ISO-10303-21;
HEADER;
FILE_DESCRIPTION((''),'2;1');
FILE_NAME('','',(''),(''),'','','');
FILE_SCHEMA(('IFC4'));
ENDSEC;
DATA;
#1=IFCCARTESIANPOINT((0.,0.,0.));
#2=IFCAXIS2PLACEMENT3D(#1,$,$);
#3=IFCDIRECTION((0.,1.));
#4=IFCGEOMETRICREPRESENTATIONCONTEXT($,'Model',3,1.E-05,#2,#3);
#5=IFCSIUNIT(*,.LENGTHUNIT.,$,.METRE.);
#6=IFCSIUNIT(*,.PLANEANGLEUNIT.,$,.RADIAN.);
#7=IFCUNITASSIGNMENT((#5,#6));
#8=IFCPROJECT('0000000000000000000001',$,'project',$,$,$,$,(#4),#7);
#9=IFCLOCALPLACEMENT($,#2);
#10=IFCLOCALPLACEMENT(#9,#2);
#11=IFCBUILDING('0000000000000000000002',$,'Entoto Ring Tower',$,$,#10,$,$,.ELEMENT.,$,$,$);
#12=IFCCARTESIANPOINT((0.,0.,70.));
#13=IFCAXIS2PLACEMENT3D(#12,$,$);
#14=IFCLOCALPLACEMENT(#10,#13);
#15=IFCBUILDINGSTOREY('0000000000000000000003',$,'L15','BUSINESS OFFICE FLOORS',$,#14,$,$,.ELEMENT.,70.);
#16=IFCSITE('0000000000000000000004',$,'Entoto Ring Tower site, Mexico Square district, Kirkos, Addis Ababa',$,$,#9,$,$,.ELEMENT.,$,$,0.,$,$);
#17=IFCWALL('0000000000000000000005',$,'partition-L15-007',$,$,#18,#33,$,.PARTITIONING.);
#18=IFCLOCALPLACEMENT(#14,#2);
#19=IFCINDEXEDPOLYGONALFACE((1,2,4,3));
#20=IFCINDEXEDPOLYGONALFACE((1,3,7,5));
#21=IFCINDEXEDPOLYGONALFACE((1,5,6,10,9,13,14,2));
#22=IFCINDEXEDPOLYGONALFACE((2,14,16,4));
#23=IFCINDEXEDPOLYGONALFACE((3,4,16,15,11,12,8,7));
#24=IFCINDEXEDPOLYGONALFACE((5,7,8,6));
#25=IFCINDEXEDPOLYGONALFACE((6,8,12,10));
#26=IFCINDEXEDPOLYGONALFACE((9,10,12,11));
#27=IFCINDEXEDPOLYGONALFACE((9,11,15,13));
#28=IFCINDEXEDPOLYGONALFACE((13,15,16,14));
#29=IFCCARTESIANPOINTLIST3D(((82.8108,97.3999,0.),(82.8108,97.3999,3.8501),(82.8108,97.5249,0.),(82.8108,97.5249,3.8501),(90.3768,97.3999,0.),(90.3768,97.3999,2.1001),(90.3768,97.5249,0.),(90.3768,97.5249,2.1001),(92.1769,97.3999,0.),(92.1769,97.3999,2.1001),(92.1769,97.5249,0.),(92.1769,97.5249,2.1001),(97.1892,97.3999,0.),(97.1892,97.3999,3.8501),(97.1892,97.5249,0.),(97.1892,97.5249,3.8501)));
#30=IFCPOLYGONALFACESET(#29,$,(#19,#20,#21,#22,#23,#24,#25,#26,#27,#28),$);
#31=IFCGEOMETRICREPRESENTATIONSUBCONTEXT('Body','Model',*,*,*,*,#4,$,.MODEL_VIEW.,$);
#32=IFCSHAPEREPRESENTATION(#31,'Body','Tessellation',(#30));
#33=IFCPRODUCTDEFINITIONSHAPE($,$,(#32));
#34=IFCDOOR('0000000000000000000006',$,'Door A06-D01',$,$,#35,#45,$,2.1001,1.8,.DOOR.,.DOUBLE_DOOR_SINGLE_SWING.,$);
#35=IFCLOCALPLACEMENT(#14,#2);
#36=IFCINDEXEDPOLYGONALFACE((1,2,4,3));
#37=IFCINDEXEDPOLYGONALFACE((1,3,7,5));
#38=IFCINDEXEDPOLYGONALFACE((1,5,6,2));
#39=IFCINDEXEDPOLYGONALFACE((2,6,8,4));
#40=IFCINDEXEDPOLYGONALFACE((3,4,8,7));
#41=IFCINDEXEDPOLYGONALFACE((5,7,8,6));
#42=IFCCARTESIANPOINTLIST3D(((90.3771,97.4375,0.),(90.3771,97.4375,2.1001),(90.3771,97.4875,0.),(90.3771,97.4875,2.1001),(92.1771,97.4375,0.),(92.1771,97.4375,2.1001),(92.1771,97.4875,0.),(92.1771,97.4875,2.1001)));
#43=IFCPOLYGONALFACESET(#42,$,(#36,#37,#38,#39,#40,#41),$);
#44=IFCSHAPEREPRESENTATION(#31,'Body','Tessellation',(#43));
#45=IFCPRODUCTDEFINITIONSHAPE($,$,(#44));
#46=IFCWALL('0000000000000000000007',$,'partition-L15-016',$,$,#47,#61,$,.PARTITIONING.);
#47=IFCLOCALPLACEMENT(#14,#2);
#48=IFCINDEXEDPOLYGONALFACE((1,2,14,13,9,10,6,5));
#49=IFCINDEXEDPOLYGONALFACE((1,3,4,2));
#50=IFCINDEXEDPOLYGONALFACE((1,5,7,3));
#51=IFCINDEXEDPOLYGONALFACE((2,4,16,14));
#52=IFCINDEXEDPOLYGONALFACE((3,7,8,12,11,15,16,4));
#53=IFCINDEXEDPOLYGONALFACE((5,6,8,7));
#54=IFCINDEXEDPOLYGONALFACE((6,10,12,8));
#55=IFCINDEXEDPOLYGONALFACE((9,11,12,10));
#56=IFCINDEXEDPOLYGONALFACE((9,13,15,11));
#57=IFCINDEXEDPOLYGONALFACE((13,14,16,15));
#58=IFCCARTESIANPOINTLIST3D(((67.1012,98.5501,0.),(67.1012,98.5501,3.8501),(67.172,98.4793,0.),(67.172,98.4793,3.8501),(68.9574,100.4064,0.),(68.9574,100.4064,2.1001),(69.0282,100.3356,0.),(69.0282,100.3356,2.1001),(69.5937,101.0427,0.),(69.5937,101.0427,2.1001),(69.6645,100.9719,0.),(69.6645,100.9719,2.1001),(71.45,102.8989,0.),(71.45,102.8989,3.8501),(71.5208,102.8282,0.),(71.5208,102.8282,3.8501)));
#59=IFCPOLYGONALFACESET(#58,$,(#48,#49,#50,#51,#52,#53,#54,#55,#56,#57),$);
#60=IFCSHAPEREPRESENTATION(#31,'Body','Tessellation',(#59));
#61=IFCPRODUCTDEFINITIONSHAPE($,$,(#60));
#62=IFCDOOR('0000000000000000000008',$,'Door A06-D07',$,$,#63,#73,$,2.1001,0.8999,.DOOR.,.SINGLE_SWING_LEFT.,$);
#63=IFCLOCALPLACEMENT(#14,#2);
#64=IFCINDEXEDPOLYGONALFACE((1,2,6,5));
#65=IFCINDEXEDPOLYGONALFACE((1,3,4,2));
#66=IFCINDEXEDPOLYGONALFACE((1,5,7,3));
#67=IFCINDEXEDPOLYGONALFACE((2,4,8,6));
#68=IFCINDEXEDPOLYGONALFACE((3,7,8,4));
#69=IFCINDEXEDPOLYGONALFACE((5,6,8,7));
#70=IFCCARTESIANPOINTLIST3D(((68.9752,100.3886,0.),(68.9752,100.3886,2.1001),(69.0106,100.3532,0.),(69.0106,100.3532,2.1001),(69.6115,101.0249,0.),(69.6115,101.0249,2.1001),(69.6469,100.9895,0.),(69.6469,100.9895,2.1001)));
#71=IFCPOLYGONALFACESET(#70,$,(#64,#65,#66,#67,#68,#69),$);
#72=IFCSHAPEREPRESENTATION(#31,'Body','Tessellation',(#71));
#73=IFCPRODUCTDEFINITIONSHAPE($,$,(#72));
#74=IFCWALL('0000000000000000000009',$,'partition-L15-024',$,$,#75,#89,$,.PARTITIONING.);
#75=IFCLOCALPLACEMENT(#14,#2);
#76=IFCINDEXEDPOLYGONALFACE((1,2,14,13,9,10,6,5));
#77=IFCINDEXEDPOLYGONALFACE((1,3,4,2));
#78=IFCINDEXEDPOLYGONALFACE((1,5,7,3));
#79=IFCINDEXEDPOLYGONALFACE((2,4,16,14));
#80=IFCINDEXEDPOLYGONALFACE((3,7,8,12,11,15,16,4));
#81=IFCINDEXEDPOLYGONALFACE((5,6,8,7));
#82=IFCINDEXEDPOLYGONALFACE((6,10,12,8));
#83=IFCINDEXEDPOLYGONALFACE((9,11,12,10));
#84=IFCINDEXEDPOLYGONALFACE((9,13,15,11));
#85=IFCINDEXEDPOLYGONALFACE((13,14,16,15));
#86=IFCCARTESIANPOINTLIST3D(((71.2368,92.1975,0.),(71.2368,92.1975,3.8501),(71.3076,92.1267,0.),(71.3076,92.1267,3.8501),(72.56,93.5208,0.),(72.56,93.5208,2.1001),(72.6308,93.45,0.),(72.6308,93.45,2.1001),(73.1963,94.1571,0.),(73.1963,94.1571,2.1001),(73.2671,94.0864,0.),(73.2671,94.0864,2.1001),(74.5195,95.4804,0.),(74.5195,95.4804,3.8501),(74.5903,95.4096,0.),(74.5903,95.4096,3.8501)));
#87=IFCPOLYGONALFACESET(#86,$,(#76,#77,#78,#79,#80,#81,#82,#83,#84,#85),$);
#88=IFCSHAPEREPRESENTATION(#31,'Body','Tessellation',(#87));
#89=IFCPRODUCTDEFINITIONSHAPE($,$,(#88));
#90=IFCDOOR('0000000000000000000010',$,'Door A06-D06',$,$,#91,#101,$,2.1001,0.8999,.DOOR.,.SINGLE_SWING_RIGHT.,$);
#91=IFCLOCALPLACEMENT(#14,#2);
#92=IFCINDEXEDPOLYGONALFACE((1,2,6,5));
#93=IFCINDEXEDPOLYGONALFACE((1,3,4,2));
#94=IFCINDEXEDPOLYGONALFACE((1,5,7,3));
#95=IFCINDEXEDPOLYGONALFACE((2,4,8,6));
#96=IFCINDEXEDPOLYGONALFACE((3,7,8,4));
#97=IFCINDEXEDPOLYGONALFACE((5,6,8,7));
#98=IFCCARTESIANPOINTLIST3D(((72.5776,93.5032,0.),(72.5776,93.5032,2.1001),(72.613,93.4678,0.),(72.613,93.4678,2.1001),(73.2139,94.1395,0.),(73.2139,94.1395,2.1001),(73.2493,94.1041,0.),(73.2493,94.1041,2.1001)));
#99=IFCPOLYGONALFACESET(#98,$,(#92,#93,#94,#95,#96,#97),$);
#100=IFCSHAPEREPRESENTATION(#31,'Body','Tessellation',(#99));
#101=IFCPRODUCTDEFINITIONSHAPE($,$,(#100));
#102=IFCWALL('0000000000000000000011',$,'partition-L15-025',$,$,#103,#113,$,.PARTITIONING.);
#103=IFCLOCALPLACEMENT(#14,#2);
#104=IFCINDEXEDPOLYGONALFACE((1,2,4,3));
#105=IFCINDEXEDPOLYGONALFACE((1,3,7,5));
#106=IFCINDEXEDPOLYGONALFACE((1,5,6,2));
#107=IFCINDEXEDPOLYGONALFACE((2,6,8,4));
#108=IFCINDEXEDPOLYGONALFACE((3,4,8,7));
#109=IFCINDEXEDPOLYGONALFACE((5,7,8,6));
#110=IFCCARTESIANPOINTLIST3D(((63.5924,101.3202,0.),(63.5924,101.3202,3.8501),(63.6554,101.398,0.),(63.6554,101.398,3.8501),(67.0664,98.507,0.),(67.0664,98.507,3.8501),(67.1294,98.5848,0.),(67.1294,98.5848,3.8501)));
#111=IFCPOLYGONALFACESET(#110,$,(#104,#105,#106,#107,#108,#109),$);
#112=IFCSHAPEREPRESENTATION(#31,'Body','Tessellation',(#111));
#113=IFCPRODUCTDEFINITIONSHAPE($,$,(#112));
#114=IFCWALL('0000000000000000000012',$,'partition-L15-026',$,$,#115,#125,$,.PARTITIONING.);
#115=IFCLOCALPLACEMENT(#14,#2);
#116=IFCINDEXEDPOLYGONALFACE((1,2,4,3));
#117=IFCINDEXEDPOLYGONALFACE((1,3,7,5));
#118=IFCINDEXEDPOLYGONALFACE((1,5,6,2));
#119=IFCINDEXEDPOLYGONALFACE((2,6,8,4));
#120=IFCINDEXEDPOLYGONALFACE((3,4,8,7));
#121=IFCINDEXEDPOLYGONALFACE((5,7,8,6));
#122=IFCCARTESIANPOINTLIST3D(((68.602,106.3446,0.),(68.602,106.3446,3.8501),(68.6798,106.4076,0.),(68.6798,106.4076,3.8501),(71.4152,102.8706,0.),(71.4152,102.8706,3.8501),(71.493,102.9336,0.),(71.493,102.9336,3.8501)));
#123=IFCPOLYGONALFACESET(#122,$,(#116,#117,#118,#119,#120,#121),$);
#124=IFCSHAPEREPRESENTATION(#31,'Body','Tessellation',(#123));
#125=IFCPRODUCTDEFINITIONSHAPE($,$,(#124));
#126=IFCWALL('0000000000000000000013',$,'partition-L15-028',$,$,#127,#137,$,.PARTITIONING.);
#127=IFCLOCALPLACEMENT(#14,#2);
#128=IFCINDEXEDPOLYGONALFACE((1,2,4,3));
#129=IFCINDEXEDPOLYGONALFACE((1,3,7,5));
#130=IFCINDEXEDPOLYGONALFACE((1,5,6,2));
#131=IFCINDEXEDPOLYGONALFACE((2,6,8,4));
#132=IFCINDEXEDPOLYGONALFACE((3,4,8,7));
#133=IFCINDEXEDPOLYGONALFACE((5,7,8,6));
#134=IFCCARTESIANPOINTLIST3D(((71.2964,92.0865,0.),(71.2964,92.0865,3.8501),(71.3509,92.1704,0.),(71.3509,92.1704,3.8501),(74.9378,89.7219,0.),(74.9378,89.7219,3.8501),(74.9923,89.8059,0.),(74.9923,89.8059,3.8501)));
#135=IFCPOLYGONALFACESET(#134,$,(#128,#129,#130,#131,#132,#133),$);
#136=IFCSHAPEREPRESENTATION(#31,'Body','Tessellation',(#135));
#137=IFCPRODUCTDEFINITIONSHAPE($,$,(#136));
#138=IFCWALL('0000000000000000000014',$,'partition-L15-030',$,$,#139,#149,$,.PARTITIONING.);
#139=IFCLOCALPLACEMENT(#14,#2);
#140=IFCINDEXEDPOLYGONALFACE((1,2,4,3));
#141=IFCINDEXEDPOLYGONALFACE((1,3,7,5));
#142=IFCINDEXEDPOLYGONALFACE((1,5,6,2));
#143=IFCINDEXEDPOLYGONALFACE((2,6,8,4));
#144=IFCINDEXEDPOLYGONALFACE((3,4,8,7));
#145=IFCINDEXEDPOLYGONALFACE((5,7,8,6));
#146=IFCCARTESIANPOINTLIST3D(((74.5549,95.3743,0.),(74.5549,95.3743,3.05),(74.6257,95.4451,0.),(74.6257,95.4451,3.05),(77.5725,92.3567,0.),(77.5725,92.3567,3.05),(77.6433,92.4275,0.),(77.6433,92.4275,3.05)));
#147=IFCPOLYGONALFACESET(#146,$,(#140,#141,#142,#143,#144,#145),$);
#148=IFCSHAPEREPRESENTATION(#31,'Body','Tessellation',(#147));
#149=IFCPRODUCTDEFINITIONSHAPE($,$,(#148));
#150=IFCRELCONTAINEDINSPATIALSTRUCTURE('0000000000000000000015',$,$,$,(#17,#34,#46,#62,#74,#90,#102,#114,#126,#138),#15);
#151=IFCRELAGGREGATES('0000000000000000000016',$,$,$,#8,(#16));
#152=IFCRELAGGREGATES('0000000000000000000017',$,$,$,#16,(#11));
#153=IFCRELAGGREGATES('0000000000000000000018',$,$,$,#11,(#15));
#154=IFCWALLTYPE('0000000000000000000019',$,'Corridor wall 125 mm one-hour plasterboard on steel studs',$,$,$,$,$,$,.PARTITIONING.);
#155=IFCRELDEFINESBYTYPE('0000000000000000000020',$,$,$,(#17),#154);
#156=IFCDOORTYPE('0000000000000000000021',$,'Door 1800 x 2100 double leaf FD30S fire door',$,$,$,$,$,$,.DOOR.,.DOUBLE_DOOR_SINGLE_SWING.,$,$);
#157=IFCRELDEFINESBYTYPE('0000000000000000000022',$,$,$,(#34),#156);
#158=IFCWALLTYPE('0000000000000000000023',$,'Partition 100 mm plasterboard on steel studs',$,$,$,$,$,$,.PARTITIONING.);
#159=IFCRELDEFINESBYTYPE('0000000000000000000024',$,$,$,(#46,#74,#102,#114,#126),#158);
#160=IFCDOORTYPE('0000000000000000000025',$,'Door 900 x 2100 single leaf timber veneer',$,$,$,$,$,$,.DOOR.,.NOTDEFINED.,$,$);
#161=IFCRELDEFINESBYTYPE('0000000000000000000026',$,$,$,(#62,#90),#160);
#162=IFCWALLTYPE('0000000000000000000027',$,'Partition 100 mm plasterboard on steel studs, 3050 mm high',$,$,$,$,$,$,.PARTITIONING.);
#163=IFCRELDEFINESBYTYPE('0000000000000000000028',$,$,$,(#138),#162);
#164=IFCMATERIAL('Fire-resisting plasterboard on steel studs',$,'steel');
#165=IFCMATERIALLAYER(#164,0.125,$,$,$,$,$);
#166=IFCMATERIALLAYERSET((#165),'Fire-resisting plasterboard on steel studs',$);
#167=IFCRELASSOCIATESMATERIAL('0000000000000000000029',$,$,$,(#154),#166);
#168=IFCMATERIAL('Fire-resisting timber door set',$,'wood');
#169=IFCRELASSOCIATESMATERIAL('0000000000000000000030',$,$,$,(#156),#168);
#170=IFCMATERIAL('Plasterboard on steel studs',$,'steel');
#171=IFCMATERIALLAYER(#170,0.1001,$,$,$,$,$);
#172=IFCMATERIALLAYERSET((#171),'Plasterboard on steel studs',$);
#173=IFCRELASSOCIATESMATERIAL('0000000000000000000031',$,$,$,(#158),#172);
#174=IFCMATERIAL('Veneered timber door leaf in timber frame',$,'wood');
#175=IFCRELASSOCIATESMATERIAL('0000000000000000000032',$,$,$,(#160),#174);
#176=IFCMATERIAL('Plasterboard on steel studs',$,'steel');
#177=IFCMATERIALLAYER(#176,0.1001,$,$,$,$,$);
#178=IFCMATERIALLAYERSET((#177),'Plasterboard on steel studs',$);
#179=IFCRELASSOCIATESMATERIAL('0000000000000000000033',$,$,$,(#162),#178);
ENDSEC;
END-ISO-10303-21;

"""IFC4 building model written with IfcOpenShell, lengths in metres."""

from ifc_helpers import new_model, si_unit, direction, frame, frame_2d, origin, place, context, subcontext, project, spatial, rectangle, extrude, material, layer, layer_set, type_object, element, fill, save


model = new_model("IFC4")

# Units and contexts
model_context = context("Model", 3, precision=1e-05, world=origin(), true_north=direction((0.0, 1.0)))
body_context = subcontext(model_context, "Body", "Model", "MODEL_VIEW")
ifc_project = project(units=[si_unit("LENGTHUNIT", "METRE"), si_unit("PLANEANGLEUNIT", "RADIAN")], contexts=[model_context])

# Site, building, storey
site_placement = place(None, origin())
site = spatial("IfcSite", under=ifc_project, at=site_placement, Name="Entoto Ring Tower site, Mexico Square district, Kirkos, Addis Ababa", CompositionType="ELEMENT", RefElevation=0.0)
building_placement = place(site_placement, origin())
building = spatial("IfcBuilding", under=site, at=building_placement, Name="Entoto Ring Tower", CompositionType="ELEMENT")
storey_placement = place(building_placement, frame((0.0, 0.0, 70.0)))
storey = spatial("IfcBuildingStorey", under=building, at=storey_placement, Name="L15", Description="BUSINESS OFFICE FLOORS", CompositionType="ELEMENT", Elevation=70.0)

# Walls, openings, doors
ifc_material_1 = material(Name="Fire-resisting plasterboard on steel studs", Category="steel")
ifc_layer_1 = layer(ifc_material_1, 0.125)
ifc_layer_set_1 = layer_set([ifc_layer_1], Name="Fire-resisting plasterboard on steel studs")
wall_type_1 = type_object("IfcWallType", Name="Corridor wall 125 mm one-hour plasterboard on steel studs", PredefinedType="PARTITIONING", material=ifc_layer_set_1)
wall_1_placement = place(storey_placement, frame((82.8108, 97.4624, 0.0), z_axis=(0.0, 0.0, 1.0), x_axis=(1.0, 0.0, 0.0)))
wall_1 = element("IfcWall", 1, at=wall_1_placement, inside=storey, type_object=wall_type_1, Name="partition-L15-007", PredefinedType="PARTITIONING", context=body_context, shape_type="SweptSolid", body=[
    extrude(rectangle(XDim=14.3784, YDim=0.125, at=frame_2d((7.1892, 0.0))), origin(), (0.0, 0.0, 1.0), 3.8501),
])
opening_1_placement = place(wall_1_placement, frame((7.5662, 0.0, 0.0)))
opening_1 = element("IfcOpeningElement", 2, at=opening_1_placement, cuts=wall_1, PredefinedType="OPENING", context=body_context, shape_type="SweptSolid", body=[
    extrude(rectangle(XDim=1.8, YDim=2.1001, at=frame_2d((0.8999, 1.05))), frame((0.0, 0.0725, 0.0), z_axis=(0.0, -1.0, 0.0), x_axis=(1.0, 0.0, 0.0)), (0.0, 0.0, 1.0), 0.145),
])
ifc_material_2 = material(Name="Fire-resisting timber door set", Category="wood")
door_type_1 = type_object("IfcDoorType", Name="Door 1800 x 2100 double leaf FD30S fire door", OperationType="DOUBLE_DOOR_SINGLE_SWING", PredefinedType="DOOR", material=ifc_material_2)
door_1_placement = place(opening_1_placement, frame((1.8, 0.0, 0.0), z_axis=(0.0, 0.0, 1.0), x_axis=(-1.0, 0.0, 0.0)))
door_1 = element("IfcDoor", 3, at=door_1_placement, inside=storey, type_object=door_type_1, Name="Door A06-D01", OperationType="DOUBLE_DOOR_SINGLE_SWING", OverallHeight=2.1001, OverallWidth=1.8, PredefinedType="DOOR", context=body_context, shape_type="SweptSolid", body=[
    extrude(rectangle(XDim=1.8, YDim=2.1001, at=frame_2d((0.8999, 1.05))), frame((0.0, 0.0249, 0.0), z_axis=(0.0, -1.0, 0.0), x_axis=(1.0, 0.0, 0.0)), (0.0, 0.0, 1.0), 0.05),
])
fill(opening_1, door_1)
ifc_material_3 = material(Name="Plasterboard on steel studs", Category="steel")
ifc_layer_2 = layer(ifc_material_3, 0.1001)
ifc_layer_set_2 = layer_set([ifc_layer_2], Name="Plasterboard on steel studs")
wall_type_2 = type_object("IfcWallType", Name="Partition 100 mm plasterboard on steel studs", PredefinedType="PARTITIONING", material=ifc_layer_set_2)
wall_2_placement = place(storey_placement, frame((67.1365, 98.5146, 0.0), z_axis=(0.0, 0.0, 1.0), x_axis=(0.707107, 0.707107, 0.0)))
wall_2 = element("IfcWall", 4, at=wall_2_placement, inside=storey, type_object=wall_type_2, Name="partition-L15-016", PredefinedType="PARTITIONING", context=body_context, shape_type="SweptSolid", body=[
    extrude(rectangle(XDim=6.1501, YDim=0.1001, at=frame_2d((3.0752, 0.0))), origin(), (0.0, 0.0, 1.0), 3.8501),
])
opening_2_placement = place(wall_2_placement, frame((2.6252, 0.0, 0.0)))
opening_2 = element("IfcOpeningElement", 5, at=opening_2_placement, cuts=wall_2, PredefinedType="OPENING", context=body_context, shape_type="SweptSolid", body=[
    extrude(rectangle(XDim=0.8999, YDim=2.1001, at=frame_2d((0.45, 1.05))), frame((0.0, 0.0601, 0.0), z_axis=(0.0, -1.0, 0.0), x_axis=(1.0, 0.0, 0.0)), (0.0, 0.0, 1.0), 0.1201),
])
ifc_material_4 = material(Name="Veneered timber door leaf in timber frame", Category="wood")
door_type_2 = type_object("IfcDoorType", Name="Door 900 x 2100 single leaf timber veneer", OperationType="NOTDEFINED", PredefinedType="DOOR", material=ifc_material_4)
door_2_placement = place(opening_2_placement, origin())
door_2 = element("IfcDoor", 6, at=door_2_placement, inside=storey, type_object=door_type_2, Name="Door A06-D07", OperationType="SINGLE_SWING_LEFT", OverallHeight=2.1001, OverallWidth=0.8999, PredefinedType="DOOR", context=body_context, shape_type="SweptSolid", body=[
    extrude(rectangle(XDim=0.8999, YDim=2.1001, at=frame_2d((0.45, 1.05))), frame((0.0, 0.0249, 0.0), z_axis=(0.0, -1.0, 0.0), x_axis=(1.0, 0.0, 0.0)), (0.0, 0.0, 1.0), 0.05),
])
fill(opening_2, door_2)
wall_3_placement = place(storey_placement, frame((71.2722, 92.1621, 0.0), z_axis=(0.0, 0.0, 1.0), x_axis=(0.70708, 0.707133, 0.0)))
wall_3 = element("IfcWall", 7, at=wall_3_placement, inside=storey, type_object=wall_type_2, Name="partition-L15-024", PredefinedType="PARTITIONING", context=body_context, shape_type="SweptSolid", body=[
    extrude(rectangle(XDim=4.6426, YDim=0.1001, at=frame_2d((2.3213, 0.0))), origin(), (0.0, 0.0, 1.0), 3.8501),
])
opening_3_placement = place(wall_3_placement, frame((1.8713, 0.0, 0.0)))
opening_3 = element("IfcOpeningElement", 8, at=opening_3_placement, cuts=wall_3, PredefinedType="OPENING", context=body_context, shape_type="SweptSolid", body=[
    extrude(rectangle(XDim=0.8999, YDim=2.1001, at=frame_2d((0.45, 1.05))), frame((0.0, 0.0601, 0.0), z_axis=(0.0, -1.0, 0.0), x_axis=(1.0, 0.0, 0.0)), (0.0, 0.0, 1.0), 0.1201),
])
door_3_placement = place(opening_3_placement, frame((0.8999, 0.0, 0.0), z_axis=(0.0, 0.0, 1.0), x_axis=(-1.0, 0.0, 0.0)))
door_3 = element("IfcDoor", 9, at=door_3_placement, inside=storey, type_object=door_type_2, Name="Door A06-D06", OperationType="SINGLE_SWING_RIGHT", OverallHeight=2.1001, OverallWidth=0.8999, PredefinedType="DOOR", context=body_context, shape_type="SweptSolid", body=[
    extrude(rectangle(XDim=0.8999, YDim=2.1001, at=frame_2d((0.45, 1.05))), frame((0.0, 0.0249, 0.0), z_axis=(0.0, -1.0, 0.0), x_axis=(1.0, 0.0, 0.0)), (0.0, 0.0, 1.0), 0.05),
])
fill(opening_3, door_3)

# Walls
for number, where, z_axis, x_axis, name in (
    (10, (67.0979, 98.5459, 0.0), (0.0, 0.0, 1.0), (-0.777152, 0.629313, 0.0), "partition-L15-025"),
    (11, (71.4541, 102.9021, 0.0), (0.0, 0.0, 1.0), (-0.629313, 0.777152, 0.0), "partition-L15-026"),
):
    element("IfcWall", number, at=place(storey_placement, frame(where, z_axis=z_axis, x_axis=x_axis)), inside=storey, type_object=wall_type_2, Name=name, PredefinedType="PARTITIONING", context=body_context, shape_type="SweptSolid", body=[
        extrude(rectangle(XDim=4.4702, YDim=0.1001, at=frame_2d((2.2351, 0.0))), origin(), (0.0, 0.0, 1.0), 3.8501),
    ])
wall_4_placement = place(storey_placement, frame((74.9651, 89.7639, 0.0), z_axis=(0.0, 0.0, 1.0), x_axis=(-0.838694, 0.544603, 0.0)))
element("IfcWall", 12, at=wall_4_placement, inside=storey, type_object=wall_type_2, Name="partition-L15-028", PredefinedType="PARTITIONING", context=body_context, shape_type="SweptSolid", body=[
    extrude(rectangle(XDim=4.3418, YDim=0.1001, at=frame_2d((2.1709, 0.0))), origin(), (0.0, 0.0, 1.0), 3.8501),
])
ifc_material_5 = material(Name="Plasterboard on steel studs", Category="steel")
ifc_layer_3 = layer(ifc_material_5, 0.1001)
ifc_layer_set_3 = layer_set([ifc_layer_3], Name="Plasterboard on steel studs")
wall_type_3 = type_object("IfcWallType", Name="Partition 100 mm plasterboard on steel studs, 3050 mm high", PredefinedType="PARTITIONING", material=ifc_layer_set_3)
wall_5_placement = place(storey_placement, frame((77.6079, 92.3921, 0.0), z_axis=(0.0, 0.0, 1.0), x_axis=(-0.707107, 0.707107, 0.0)))
element("IfcWall", 13, at=wall_5_placement, inside=storey, type_object=wall_type_3, Name="partition-L15-030", PredefinedType="PARTITIONING", context=body_context, shape_type="SweptSolid", body=[
    extrude(rectangle(XDim=4.2676, YDim=0.1001, at=frame_2d((2.1338, 0.0))), origin(), (0.0, 0.0, 1.0), 3.05),
])

save(model, "model.ifc")
